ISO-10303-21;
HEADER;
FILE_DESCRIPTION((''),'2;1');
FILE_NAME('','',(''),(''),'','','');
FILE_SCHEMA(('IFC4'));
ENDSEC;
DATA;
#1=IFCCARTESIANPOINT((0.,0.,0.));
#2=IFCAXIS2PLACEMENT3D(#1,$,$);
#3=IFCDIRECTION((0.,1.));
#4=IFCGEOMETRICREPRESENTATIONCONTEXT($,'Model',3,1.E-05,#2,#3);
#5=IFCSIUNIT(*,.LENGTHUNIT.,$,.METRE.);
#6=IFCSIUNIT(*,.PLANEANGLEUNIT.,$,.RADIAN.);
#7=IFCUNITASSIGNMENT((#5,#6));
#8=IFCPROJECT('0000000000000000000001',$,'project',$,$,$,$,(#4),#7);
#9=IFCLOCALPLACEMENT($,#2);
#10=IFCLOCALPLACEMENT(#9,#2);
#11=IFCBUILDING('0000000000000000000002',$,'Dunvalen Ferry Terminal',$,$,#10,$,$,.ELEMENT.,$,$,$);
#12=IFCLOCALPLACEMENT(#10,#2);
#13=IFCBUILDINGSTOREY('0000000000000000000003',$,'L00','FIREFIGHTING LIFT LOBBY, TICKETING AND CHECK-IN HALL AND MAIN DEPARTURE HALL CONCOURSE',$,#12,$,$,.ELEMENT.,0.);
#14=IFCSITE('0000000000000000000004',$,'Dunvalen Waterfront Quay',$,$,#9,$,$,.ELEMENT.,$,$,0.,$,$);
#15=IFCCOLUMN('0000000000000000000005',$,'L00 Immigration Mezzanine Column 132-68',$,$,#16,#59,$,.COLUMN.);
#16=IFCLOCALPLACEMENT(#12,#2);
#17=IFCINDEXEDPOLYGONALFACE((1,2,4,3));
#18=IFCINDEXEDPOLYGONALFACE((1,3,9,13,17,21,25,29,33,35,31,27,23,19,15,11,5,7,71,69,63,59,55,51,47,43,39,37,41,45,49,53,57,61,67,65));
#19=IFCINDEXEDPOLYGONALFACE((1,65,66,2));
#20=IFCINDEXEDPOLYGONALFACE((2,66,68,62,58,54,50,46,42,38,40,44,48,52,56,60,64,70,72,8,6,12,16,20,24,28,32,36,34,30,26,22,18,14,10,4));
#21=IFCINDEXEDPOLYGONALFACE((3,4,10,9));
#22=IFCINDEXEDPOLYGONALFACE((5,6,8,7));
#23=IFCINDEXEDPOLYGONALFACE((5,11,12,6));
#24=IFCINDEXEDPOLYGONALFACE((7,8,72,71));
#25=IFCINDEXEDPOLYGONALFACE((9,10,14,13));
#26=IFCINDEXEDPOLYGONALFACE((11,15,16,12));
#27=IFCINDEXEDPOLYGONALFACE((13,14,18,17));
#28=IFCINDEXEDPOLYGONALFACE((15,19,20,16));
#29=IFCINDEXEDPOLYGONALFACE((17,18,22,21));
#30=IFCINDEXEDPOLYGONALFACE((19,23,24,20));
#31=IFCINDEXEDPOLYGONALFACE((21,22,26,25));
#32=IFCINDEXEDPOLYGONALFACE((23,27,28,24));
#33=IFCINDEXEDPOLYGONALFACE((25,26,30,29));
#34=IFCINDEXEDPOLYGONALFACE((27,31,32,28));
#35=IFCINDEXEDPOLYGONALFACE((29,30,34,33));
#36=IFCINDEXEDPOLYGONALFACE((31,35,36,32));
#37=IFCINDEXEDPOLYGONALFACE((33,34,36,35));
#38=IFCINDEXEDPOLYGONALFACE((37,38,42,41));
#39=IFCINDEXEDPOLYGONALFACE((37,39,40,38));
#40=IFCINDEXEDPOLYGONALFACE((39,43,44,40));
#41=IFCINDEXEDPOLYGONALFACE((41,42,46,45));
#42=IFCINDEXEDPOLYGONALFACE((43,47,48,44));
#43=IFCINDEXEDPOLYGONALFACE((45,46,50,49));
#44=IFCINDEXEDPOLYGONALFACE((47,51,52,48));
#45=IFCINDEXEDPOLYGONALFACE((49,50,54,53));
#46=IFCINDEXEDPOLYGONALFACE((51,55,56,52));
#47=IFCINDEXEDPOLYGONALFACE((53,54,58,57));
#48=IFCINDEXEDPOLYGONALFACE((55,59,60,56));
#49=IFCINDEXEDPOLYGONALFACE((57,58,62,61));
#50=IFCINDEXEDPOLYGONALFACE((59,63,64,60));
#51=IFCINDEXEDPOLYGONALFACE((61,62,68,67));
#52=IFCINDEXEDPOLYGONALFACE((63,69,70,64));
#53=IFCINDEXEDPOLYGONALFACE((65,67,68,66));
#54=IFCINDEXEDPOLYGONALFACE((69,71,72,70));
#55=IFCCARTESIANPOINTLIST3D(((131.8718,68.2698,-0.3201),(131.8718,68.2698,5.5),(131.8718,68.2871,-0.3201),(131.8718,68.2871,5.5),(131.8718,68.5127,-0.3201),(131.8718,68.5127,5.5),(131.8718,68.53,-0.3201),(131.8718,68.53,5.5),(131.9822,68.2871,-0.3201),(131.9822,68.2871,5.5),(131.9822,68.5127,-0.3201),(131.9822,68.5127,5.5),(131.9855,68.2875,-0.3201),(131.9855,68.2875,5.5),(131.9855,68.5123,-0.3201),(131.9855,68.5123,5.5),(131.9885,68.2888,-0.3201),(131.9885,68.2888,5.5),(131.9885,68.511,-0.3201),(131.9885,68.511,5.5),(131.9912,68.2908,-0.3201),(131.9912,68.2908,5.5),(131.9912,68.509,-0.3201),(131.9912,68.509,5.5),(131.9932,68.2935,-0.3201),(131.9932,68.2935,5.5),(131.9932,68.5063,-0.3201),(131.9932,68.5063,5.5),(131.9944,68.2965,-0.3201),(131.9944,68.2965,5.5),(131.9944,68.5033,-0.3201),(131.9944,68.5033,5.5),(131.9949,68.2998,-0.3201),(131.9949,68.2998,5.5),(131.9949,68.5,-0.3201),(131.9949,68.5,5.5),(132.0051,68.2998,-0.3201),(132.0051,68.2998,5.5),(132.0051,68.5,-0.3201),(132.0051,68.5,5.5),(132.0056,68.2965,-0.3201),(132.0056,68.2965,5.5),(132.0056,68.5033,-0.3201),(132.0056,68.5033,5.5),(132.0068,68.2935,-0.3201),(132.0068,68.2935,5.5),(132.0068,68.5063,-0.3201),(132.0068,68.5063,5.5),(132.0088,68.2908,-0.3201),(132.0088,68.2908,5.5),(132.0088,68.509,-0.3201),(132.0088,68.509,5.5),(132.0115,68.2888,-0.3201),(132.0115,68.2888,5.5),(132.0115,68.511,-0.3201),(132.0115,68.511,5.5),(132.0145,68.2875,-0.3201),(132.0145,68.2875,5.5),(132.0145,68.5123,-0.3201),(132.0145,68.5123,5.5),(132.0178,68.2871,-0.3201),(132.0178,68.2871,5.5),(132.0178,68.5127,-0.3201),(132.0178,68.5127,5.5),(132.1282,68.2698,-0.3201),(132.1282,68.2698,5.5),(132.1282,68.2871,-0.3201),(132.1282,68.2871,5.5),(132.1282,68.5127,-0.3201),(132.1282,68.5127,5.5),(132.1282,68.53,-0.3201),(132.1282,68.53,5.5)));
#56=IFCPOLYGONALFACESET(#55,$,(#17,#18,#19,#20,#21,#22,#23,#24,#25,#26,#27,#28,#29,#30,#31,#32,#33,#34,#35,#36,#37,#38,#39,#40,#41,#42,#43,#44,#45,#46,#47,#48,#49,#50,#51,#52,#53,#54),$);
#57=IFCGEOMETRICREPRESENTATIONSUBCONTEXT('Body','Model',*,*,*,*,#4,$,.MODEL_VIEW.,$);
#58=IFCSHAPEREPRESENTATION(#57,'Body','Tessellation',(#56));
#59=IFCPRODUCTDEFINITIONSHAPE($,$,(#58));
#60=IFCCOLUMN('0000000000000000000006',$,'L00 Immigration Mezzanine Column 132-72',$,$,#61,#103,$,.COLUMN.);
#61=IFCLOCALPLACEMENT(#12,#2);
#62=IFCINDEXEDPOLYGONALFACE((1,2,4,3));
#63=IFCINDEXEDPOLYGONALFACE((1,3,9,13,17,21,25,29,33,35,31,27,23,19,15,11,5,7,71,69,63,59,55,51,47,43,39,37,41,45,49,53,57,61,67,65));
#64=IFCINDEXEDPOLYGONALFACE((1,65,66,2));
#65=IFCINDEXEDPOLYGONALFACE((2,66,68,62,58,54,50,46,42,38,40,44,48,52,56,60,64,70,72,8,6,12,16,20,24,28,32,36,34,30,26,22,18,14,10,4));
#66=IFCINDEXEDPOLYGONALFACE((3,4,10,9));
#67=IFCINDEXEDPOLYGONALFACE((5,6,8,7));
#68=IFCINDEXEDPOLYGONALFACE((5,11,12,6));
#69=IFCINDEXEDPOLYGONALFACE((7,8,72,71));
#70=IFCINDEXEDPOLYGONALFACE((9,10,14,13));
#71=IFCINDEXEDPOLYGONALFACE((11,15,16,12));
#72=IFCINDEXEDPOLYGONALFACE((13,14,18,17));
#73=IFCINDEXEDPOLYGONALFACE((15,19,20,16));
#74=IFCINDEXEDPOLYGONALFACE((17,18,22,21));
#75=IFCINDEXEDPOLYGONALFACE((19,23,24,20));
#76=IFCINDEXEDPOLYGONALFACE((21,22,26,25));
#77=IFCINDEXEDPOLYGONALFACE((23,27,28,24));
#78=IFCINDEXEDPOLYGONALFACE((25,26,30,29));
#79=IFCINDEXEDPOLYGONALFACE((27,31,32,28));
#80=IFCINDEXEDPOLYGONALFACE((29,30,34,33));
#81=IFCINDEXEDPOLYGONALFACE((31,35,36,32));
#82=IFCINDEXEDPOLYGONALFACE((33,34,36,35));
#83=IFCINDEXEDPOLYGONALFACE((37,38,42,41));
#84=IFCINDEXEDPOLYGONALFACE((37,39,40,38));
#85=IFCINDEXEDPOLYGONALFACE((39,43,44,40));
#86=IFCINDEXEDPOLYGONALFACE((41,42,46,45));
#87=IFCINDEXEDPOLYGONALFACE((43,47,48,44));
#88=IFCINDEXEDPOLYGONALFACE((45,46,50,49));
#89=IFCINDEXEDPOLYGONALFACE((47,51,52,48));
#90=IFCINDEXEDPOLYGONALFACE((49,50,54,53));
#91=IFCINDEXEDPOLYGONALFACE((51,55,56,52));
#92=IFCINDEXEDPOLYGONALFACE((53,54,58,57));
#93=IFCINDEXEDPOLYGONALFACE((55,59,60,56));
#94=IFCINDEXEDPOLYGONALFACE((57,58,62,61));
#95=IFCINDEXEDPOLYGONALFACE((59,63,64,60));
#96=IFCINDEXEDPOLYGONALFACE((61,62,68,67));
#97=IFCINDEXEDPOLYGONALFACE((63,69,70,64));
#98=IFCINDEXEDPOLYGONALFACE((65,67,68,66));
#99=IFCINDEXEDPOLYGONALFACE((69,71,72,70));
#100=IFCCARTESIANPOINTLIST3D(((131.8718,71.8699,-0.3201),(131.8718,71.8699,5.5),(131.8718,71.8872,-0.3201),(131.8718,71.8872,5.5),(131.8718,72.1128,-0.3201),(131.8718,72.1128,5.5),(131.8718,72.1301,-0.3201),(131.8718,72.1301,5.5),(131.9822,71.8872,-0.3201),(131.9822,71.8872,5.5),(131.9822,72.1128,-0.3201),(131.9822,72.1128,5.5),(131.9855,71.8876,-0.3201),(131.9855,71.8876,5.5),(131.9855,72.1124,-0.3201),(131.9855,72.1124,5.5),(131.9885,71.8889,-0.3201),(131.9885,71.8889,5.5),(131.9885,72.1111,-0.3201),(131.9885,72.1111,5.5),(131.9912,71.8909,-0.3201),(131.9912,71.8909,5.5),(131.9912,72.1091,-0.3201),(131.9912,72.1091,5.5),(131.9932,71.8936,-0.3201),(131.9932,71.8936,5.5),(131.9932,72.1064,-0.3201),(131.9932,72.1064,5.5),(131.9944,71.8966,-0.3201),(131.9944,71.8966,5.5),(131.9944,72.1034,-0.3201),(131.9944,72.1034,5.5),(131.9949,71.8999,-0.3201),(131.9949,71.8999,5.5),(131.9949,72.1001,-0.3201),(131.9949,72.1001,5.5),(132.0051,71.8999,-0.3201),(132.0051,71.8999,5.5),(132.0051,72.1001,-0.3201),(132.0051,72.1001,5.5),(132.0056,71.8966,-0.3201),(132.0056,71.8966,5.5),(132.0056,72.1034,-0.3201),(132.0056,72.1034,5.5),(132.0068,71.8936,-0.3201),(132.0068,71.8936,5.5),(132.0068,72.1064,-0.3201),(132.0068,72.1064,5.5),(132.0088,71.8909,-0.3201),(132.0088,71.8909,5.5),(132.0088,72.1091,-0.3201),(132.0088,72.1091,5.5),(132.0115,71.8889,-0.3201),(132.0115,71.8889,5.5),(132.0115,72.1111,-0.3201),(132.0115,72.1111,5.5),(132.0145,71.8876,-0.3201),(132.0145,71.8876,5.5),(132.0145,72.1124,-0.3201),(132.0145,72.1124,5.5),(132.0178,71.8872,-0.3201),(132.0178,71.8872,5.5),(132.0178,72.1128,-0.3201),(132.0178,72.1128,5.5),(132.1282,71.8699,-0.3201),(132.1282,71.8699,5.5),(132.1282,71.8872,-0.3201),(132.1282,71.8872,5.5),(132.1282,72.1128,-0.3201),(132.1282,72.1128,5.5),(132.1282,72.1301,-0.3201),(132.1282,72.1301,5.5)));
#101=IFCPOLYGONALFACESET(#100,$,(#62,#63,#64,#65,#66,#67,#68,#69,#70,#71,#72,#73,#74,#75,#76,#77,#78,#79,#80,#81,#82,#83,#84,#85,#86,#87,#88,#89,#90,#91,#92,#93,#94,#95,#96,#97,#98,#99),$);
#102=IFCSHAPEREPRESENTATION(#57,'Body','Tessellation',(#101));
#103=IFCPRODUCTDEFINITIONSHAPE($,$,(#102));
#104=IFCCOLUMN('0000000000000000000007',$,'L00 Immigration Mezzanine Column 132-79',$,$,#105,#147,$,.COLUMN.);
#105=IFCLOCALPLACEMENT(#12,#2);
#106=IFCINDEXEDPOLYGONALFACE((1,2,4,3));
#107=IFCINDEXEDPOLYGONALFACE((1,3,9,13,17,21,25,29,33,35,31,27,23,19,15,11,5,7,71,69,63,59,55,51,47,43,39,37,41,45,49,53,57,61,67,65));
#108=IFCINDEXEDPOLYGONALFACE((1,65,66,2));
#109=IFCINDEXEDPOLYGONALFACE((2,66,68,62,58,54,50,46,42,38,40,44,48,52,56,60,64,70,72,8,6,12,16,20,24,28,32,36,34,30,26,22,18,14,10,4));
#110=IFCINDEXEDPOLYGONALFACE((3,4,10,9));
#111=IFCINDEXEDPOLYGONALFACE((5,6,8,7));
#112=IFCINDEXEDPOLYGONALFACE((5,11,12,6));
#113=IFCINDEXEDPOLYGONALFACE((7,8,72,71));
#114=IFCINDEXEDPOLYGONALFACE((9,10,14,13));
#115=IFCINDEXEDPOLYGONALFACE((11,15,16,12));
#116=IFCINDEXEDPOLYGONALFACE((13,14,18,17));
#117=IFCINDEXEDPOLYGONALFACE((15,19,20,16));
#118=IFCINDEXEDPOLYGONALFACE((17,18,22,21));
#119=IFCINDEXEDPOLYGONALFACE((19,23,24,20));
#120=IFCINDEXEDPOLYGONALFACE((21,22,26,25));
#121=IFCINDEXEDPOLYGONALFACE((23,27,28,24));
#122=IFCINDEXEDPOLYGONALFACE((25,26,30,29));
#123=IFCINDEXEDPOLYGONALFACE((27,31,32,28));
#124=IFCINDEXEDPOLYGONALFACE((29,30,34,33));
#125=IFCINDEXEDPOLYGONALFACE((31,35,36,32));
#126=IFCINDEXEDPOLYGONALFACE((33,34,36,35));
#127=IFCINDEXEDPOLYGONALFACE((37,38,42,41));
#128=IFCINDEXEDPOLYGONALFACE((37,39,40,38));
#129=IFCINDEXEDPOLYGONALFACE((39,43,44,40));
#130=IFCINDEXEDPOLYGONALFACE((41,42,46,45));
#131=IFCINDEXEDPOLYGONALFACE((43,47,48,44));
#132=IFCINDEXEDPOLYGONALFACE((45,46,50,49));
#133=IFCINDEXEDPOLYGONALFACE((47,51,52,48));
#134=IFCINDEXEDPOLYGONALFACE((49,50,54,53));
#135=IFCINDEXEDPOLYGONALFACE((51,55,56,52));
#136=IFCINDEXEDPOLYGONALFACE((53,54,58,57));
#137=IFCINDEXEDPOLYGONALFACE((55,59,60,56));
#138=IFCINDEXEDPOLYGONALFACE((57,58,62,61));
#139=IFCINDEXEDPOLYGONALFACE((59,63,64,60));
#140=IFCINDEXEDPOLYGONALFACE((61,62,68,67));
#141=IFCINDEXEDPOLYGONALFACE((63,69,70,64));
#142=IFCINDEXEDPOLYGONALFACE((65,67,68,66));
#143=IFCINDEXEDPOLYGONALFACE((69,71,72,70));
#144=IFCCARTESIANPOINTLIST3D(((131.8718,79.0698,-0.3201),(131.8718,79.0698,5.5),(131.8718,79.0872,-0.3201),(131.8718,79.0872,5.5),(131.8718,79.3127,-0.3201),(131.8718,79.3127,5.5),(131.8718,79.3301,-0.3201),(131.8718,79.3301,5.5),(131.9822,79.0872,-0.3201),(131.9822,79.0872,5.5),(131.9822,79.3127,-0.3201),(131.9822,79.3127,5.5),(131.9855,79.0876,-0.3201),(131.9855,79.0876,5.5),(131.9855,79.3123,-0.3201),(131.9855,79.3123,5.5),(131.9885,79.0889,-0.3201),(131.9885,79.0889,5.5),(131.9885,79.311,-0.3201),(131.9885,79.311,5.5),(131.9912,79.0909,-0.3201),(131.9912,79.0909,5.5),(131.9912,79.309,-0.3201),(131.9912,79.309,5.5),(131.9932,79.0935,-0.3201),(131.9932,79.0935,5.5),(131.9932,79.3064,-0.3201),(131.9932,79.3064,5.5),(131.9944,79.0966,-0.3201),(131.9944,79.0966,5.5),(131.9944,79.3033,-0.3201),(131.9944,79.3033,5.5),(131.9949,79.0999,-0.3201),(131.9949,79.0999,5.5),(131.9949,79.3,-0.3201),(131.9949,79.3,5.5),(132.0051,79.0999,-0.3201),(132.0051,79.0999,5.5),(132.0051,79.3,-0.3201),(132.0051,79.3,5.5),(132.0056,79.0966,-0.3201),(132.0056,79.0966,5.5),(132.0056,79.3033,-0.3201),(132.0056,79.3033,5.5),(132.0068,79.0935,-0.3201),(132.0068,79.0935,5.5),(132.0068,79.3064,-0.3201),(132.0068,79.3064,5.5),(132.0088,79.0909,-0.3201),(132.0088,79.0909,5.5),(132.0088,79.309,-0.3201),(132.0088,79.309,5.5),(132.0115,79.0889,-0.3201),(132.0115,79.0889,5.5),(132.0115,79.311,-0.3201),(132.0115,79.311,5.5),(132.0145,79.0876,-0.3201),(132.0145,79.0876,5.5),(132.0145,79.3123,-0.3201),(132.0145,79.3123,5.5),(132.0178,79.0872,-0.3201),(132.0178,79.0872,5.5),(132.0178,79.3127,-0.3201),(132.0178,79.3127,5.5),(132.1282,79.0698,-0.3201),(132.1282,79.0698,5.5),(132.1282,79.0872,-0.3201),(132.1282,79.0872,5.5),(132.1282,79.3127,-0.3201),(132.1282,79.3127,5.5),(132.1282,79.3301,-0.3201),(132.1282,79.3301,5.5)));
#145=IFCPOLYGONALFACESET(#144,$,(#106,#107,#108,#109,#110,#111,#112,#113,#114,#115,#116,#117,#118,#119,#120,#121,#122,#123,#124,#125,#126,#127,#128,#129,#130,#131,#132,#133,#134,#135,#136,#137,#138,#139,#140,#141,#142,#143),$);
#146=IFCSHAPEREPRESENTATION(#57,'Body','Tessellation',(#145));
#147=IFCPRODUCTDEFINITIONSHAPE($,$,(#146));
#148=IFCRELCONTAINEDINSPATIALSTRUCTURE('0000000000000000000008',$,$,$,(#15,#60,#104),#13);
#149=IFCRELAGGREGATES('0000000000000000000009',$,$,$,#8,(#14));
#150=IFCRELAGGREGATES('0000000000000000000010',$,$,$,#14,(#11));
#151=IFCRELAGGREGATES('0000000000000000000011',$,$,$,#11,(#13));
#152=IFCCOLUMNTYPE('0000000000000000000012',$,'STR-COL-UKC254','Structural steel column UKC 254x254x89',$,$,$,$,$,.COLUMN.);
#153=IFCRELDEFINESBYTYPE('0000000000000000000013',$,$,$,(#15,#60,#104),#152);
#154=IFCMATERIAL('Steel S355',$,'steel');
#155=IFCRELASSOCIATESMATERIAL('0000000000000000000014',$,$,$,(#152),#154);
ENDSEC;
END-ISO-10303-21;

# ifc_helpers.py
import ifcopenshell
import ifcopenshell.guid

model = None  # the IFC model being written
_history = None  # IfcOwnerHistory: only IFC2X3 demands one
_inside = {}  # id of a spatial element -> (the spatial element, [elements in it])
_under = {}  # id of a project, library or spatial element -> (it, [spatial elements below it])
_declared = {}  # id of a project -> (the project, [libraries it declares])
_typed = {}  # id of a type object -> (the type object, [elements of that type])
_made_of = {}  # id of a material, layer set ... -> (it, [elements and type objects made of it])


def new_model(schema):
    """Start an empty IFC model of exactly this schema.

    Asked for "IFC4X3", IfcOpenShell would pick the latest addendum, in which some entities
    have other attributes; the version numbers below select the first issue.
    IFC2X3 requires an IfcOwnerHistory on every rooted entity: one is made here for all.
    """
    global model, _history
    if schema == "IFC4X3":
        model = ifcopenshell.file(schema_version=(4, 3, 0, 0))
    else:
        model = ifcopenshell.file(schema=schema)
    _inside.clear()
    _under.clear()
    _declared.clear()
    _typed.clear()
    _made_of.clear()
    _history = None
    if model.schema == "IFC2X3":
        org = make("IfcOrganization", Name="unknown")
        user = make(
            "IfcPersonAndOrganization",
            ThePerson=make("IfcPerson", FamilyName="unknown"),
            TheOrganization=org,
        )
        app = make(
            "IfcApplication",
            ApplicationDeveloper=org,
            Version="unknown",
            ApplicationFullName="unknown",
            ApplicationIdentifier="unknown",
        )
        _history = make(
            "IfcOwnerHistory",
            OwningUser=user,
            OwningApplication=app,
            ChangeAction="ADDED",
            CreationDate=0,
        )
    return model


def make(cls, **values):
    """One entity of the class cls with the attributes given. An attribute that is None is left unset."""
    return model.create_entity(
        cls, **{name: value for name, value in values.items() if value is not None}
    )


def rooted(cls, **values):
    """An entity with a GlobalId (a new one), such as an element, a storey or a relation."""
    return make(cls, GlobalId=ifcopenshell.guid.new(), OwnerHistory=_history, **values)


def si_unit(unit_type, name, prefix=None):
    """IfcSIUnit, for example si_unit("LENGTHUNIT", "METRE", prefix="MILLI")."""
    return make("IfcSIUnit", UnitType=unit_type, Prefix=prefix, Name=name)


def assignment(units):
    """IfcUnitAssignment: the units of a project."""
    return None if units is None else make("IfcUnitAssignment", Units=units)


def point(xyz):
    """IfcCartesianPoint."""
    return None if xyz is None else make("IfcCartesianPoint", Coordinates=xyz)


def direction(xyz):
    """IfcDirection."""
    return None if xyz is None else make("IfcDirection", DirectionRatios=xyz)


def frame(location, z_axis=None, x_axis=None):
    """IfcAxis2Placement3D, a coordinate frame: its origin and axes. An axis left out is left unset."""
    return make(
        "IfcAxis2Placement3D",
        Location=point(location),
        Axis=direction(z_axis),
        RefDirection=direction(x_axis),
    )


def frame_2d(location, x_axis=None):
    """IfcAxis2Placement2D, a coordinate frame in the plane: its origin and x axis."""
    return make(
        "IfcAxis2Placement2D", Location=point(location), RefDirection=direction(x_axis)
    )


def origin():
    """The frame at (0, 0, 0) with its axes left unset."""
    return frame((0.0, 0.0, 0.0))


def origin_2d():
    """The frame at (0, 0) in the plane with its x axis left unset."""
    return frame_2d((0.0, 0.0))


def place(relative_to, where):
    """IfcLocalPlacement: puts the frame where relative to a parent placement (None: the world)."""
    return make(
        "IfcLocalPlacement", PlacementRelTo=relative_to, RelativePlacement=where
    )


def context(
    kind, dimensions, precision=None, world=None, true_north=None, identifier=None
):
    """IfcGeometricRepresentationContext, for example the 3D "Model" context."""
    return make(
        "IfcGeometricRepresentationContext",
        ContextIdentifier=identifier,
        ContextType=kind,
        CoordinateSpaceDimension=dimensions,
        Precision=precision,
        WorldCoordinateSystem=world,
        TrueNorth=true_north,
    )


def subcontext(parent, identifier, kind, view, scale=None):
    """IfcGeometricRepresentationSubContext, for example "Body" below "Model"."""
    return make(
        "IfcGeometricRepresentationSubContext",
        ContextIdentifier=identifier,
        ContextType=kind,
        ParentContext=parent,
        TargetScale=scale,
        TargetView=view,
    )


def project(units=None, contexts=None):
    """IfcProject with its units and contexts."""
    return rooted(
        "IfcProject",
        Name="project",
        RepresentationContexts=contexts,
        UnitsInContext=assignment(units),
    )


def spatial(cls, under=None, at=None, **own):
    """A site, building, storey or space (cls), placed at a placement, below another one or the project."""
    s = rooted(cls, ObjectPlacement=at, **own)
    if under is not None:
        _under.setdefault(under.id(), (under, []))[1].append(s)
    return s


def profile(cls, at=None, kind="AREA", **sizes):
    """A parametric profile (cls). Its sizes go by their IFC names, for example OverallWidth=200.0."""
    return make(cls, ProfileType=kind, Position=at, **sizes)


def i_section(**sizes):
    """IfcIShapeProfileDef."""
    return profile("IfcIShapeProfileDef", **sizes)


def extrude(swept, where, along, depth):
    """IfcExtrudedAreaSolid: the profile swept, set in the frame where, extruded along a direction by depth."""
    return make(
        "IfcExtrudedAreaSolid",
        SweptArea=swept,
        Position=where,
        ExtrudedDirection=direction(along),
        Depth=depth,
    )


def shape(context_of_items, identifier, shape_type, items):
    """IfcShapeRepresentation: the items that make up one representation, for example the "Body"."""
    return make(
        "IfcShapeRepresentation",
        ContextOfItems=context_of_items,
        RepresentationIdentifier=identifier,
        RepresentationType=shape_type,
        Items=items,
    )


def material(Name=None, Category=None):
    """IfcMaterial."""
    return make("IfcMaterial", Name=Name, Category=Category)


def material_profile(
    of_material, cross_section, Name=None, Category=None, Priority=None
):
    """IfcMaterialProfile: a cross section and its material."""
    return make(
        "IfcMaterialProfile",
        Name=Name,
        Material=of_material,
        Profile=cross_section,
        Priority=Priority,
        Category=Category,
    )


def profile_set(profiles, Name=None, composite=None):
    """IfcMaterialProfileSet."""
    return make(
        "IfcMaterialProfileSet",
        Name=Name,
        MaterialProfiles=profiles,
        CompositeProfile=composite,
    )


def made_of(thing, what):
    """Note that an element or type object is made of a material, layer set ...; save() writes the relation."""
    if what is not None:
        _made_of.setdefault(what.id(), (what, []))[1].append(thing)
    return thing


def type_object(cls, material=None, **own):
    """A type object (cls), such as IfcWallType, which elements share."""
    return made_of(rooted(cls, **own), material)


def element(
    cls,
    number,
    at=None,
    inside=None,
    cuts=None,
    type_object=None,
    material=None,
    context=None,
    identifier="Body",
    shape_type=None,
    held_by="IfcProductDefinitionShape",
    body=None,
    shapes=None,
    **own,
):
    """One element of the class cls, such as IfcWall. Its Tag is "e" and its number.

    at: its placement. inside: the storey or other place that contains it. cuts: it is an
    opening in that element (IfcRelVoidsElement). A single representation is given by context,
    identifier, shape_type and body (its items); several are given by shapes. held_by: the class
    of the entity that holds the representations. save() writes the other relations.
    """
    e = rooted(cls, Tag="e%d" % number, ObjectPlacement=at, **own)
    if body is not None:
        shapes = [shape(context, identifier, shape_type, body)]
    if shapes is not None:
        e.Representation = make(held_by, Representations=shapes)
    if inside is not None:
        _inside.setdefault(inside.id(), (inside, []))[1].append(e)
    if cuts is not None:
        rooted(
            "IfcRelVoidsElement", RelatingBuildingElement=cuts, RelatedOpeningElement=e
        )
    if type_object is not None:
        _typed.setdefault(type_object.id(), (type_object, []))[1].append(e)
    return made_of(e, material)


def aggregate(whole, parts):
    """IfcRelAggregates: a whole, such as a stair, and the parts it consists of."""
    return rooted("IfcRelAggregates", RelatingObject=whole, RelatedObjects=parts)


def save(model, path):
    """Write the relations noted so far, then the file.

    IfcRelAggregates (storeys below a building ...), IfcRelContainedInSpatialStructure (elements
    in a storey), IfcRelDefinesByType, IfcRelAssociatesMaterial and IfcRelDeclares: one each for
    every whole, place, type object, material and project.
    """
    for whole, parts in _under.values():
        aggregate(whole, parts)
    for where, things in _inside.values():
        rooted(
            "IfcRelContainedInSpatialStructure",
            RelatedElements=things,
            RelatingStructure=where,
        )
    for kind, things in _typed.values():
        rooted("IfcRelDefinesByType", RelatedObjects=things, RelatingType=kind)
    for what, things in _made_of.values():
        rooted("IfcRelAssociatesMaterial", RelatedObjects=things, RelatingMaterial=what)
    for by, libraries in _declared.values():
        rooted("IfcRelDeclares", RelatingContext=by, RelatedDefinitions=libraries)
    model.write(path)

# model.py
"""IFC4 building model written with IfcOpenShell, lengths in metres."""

from ifc_helpers import new_model, si_unit, direction, frame, origin, origin_2d, place, context, subcontext, project, spatial, i_section, extrude, material, material_profile, profile_set, type_object, element, save


model = new_model("IFC4")

# Units and contexts
model_context = context("Model", 3, precision=1e-05, world=origin(), true_north=direction((0.0, 1.0)))
body_context = subcontext(model_context, "Body", "Model", "MODEL_VIEW")
ifc_project = project(units=[si_unit("LENGTHUNIT", "METRE"), si_unit("PLANEANGLEUNIT", "RADIAN")], contexts=[model_context])

# Site, building, storey
site_placement = place(None, origin())
site = spatial("IfcSite", under=ifc_project, at=site_placement, Name="Dunvalen Waterfront Quay", CompositionType="ELEMENT", RefElevation=0.0)
building_placement = place(site_placement, origin())
building = spatial("IfcBuilding", under=site, at=building_placement, Name="Dunvalen Ferry Terminal", CompositionType="ELEMENT")
storey_placement = place(building_placement, origin())
storey = spatial("IfcBuildingStorey", under=building, at=storey_placement, Name="L00", Description="FIREFIGHTING LIFT LOBBY, TICKETING AND CHECK-IN HALL AND MAIN DEPARTURE HALL CONCOURSE", CompositionType="ELEMENT", Elevation=0.0)

# Columns
ifc_material_1 = material(Name="Steel S355", Category="steel")
ifc_material_profile_1 = material_profile(ifc_material_1, i_section(OverallWidth=0.2563, OverallDepth=0.2603, WebThickness=0.0103, FlangeThickness=0.0173, FilletRadius=0.0127, at=origin_2d()), Name="Steel S355")
ifc_profile_set_1 = profile_set([ifc_material_profile_1], Name="Steel S355")
column_type = type_object("IfcColumnType", Name="STR-COL-UKC254", Description="Structural steel column UKC 254x254x89", PredefinedType="COLUMN", material=ifc_profile_set_1)
for number, where, z_axis, x_axis, name in (
    (1, (132.0, 68.3999, -0.3201), (0.0, 0.0, 1.0), (1.0, 0.0, 0.0), "L00 Immigration Mezzanine Column 132-68"),
    (2, (132.0, 72.0, -0.3201), (0.0, 0.0, 1.0), (1.0, 0.0, 0.0), "L00 Immigration Mezzanine Column 132-72"),
    (3, (132.0, 79.2, -0.3201), (0.0, 0.0, 1.0), (1.0, 0.0, 0.0), "L00 Immigration Mezzanine Column 132-79"),
):
    element("IfcColumn", number, at=place(storey_placement, frame(where, z_axis=z_axis, x_axis=x_axis)), inside=storey, type_object=column_type, Name=name, PredefinedType="COLUMN", context=body_context, shape_type="SweptSolid", body=[
        extrude(i_section(OverallWidth=0.2563, OverallDepth=0.2603, WebThickness=0.0103, FlangeThickness=0.0173, FilletRadius=0.0127, at=origin_2d()), origin(), (0.0, 0.0, 1.0), 5.8201),
    ])

save(model, "model.ifc")
